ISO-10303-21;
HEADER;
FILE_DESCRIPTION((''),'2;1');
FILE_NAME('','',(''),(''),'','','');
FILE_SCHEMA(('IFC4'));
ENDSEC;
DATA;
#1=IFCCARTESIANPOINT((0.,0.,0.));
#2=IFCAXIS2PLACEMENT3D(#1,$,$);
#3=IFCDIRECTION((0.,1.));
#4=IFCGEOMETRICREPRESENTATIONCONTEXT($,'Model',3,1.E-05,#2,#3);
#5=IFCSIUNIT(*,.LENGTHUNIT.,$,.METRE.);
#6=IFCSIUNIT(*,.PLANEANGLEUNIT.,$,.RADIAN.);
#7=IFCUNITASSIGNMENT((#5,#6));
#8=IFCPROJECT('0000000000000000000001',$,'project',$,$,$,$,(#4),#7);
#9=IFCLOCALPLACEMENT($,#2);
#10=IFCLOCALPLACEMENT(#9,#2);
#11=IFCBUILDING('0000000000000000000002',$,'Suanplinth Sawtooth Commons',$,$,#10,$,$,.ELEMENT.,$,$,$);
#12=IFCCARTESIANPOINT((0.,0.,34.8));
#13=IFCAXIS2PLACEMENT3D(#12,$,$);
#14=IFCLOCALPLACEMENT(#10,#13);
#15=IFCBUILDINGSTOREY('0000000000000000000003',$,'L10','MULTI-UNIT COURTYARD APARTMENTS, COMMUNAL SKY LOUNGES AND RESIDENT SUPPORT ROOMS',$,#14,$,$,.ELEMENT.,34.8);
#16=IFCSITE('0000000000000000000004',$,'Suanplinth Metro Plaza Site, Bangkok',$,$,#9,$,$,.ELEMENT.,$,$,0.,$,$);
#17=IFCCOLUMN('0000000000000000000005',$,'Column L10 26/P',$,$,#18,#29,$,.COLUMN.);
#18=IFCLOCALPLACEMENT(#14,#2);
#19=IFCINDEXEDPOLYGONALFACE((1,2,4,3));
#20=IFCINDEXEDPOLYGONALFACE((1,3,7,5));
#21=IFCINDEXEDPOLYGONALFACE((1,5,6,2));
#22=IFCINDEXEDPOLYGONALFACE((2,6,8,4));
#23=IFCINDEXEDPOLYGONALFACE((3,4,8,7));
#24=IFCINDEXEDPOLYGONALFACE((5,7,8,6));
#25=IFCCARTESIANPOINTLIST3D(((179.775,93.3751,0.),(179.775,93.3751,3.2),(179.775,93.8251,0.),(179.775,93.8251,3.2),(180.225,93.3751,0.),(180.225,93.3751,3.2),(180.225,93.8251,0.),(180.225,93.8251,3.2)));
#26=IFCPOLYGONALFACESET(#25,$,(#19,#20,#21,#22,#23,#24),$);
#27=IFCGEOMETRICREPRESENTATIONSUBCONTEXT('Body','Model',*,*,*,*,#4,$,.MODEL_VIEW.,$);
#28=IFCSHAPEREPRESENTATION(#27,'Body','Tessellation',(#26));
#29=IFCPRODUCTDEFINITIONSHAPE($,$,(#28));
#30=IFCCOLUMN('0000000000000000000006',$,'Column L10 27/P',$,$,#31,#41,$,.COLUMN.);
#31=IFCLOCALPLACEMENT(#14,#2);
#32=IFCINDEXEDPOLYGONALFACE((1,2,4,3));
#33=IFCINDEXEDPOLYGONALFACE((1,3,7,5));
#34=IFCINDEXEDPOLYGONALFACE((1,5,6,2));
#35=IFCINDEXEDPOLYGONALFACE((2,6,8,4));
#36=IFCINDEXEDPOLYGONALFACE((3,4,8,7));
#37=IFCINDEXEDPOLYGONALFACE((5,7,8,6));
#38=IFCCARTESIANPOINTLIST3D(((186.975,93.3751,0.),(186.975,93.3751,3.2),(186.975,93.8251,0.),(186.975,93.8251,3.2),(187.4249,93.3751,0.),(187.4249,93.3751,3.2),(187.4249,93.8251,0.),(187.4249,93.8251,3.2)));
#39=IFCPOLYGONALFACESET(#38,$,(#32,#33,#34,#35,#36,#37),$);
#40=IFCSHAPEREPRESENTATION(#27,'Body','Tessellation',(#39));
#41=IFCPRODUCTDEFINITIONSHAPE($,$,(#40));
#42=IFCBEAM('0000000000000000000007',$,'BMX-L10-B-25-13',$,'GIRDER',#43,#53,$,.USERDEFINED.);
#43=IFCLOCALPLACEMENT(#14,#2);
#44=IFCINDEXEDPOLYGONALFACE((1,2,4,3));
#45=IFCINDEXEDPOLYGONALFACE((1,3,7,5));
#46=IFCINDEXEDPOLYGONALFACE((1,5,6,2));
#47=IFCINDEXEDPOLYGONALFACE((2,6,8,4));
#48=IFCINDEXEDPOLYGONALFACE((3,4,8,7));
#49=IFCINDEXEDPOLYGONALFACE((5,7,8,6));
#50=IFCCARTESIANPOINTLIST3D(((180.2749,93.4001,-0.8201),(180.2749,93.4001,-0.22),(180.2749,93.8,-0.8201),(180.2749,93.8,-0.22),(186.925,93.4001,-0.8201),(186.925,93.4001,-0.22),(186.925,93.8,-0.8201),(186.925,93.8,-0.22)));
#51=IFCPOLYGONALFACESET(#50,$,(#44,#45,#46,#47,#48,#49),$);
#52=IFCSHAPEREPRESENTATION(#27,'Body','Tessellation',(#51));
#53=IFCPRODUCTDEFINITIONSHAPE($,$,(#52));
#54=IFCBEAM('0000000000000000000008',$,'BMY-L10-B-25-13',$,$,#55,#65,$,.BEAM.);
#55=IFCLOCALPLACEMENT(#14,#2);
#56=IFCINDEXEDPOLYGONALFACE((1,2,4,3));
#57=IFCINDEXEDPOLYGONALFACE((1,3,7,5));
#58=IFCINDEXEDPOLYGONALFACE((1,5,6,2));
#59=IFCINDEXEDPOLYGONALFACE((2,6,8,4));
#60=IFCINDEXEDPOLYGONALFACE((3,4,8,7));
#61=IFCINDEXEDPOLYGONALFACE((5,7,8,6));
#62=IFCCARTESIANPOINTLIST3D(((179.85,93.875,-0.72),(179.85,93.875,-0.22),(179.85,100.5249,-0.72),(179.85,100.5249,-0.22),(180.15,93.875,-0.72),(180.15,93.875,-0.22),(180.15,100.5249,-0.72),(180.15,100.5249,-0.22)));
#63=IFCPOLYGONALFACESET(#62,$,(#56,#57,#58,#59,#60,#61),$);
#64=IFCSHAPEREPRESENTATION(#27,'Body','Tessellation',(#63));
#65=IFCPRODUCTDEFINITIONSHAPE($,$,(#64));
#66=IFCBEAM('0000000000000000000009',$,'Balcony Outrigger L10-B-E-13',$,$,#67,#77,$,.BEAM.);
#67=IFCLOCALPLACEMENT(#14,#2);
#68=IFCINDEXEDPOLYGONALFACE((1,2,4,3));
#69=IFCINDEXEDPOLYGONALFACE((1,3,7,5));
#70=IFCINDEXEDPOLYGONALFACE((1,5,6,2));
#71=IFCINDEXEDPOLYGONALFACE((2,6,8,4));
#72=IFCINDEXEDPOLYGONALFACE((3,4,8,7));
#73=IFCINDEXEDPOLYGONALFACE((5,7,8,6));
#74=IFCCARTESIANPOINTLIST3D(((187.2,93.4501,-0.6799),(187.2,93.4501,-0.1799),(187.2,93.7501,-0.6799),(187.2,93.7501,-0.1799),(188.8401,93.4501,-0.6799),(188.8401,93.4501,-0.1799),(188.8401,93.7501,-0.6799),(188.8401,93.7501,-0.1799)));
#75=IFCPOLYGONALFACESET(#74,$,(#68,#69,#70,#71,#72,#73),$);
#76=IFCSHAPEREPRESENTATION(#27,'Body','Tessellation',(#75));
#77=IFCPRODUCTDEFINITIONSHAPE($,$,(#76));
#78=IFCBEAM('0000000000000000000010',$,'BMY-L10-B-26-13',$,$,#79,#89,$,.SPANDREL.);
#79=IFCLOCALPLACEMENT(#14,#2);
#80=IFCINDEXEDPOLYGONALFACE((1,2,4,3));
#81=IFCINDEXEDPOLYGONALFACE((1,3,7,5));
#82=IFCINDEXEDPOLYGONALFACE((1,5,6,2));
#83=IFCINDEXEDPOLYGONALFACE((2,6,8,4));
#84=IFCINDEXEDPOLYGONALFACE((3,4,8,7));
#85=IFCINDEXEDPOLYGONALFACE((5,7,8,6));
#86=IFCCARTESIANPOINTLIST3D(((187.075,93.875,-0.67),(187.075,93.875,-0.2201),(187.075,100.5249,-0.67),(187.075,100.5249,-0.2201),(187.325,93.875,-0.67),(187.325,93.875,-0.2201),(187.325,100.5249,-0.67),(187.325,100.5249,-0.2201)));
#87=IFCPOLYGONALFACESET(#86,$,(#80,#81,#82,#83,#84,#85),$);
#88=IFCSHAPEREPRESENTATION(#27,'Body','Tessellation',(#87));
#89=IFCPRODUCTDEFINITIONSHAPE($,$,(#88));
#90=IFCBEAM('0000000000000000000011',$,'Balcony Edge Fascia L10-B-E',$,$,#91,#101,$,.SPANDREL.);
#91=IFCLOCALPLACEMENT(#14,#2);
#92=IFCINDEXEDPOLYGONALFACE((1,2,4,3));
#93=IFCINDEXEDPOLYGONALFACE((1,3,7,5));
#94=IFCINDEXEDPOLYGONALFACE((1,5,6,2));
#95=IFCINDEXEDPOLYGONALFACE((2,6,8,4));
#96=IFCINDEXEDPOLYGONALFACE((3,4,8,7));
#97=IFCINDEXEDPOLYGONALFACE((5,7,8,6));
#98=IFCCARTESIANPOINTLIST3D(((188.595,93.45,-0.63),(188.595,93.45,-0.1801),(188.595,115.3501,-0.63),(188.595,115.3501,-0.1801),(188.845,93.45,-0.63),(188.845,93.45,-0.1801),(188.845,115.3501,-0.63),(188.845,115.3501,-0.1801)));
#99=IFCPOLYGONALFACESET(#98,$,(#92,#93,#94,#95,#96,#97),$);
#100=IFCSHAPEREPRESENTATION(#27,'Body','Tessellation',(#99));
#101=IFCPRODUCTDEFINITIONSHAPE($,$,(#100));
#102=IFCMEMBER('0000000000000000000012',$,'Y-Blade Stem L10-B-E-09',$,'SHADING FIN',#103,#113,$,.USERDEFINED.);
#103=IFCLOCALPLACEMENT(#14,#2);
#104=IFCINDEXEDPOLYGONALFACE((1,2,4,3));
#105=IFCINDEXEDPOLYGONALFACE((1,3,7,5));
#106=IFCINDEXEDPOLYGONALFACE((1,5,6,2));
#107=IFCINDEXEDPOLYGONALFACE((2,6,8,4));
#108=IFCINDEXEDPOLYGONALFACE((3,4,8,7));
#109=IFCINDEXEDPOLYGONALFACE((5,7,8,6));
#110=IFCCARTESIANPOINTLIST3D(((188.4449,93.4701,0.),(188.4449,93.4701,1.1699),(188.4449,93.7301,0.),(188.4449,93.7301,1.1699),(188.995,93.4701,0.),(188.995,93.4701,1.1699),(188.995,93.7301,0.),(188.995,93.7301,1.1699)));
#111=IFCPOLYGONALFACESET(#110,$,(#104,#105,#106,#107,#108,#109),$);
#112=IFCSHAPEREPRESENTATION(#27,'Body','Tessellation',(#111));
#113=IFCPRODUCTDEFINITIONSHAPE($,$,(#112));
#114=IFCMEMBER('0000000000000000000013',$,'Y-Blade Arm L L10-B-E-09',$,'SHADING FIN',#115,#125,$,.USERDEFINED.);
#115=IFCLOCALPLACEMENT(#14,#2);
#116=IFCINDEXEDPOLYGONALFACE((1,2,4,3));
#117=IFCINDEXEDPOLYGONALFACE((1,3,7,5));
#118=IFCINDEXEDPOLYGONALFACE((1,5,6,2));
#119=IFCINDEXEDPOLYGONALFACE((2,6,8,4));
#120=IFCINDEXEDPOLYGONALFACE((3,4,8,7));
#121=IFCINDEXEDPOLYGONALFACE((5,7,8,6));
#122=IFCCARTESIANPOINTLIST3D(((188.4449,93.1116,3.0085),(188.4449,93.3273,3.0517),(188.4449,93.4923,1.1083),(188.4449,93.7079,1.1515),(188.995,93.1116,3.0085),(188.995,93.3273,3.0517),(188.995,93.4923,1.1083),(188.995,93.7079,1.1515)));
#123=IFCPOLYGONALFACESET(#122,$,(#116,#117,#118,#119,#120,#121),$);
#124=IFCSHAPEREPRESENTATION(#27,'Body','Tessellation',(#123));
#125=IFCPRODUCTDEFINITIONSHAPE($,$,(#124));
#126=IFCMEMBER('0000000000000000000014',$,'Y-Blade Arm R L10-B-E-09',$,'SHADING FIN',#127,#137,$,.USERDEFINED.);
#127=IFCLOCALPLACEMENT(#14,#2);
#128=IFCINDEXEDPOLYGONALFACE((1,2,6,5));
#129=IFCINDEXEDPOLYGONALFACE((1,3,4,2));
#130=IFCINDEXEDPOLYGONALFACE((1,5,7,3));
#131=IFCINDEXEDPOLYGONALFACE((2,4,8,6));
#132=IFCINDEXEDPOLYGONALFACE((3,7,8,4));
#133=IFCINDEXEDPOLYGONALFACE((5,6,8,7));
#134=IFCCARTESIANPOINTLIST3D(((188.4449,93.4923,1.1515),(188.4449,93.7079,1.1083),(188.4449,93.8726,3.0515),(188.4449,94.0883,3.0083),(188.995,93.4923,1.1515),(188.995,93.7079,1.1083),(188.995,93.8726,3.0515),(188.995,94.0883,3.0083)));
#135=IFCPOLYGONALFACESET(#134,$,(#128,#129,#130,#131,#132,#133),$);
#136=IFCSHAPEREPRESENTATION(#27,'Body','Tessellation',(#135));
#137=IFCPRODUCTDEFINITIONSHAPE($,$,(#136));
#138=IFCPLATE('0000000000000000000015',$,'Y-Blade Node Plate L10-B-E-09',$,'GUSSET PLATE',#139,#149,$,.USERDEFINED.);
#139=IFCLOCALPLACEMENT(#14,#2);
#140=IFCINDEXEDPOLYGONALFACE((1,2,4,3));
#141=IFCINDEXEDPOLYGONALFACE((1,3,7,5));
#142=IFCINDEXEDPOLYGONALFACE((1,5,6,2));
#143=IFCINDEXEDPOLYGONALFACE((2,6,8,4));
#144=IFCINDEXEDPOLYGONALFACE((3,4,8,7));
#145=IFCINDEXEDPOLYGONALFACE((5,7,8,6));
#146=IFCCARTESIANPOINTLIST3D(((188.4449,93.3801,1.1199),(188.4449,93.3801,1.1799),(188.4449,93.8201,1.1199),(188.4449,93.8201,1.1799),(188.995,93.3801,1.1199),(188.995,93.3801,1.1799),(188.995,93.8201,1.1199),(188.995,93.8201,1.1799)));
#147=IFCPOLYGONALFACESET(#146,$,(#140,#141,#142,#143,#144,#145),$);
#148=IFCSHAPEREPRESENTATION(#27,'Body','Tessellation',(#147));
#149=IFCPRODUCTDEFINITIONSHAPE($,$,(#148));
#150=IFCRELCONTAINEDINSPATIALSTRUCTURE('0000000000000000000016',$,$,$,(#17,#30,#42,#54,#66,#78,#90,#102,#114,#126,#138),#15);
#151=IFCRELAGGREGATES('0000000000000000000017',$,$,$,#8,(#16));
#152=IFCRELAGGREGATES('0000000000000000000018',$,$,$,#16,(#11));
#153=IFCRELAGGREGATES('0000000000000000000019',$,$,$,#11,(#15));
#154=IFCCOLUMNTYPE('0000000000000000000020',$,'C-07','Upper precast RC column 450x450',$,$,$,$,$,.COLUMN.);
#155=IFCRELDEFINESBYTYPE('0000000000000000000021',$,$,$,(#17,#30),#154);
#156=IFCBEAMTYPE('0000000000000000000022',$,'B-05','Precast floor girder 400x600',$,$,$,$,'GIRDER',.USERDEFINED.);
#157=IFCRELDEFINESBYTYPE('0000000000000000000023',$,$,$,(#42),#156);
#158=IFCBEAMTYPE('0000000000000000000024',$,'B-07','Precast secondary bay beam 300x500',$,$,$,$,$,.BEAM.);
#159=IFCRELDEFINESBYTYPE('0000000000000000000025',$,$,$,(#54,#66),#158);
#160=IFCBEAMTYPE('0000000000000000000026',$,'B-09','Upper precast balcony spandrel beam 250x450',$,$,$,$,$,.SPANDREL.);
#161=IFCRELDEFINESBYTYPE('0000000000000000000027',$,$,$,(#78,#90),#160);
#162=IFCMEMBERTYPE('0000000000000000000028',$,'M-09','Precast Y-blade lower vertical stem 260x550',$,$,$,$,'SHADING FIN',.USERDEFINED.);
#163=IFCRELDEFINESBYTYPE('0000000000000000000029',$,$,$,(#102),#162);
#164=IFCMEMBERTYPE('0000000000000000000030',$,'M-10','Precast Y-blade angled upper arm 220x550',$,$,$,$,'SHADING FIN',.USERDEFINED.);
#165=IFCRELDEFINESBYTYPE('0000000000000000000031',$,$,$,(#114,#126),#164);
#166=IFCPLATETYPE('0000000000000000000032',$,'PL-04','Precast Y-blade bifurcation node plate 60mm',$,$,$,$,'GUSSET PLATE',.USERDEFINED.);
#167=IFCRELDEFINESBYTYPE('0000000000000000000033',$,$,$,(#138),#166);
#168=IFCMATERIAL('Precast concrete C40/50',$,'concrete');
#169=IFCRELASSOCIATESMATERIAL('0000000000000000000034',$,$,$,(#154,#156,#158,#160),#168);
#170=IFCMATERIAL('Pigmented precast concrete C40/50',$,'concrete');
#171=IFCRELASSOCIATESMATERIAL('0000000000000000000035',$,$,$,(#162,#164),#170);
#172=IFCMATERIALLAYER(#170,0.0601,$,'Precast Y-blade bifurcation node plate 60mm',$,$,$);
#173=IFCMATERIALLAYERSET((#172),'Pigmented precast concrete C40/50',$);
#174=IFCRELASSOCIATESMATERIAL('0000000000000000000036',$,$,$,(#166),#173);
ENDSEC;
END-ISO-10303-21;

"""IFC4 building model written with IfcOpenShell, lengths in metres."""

from ifc_helpers import new_model, si_unit, direction, frame, origin, origin_2d, place, context, subcontext, project, spatial, rectangle, extrude, material, layer, layer_set, material_profile, profile_set, type_object, element, save


model = new_model("IFC4")

# Units and contexts
model_context = context("Model", 3, precision=1e-05, world=origin(), true_north=direction((0.0, 1.0)))
body_context = subcontext(model_context, "Body", "Model", "MODEL_VIEW")
ifc_project = project(units=[si_unit("LENGTHUNIT", "METRE"), si_unit("PLANEANGLEUNIT", "RADIAN")], contexts=[model_context])

# Site, building, storey
site_placement = place(None, origin())
site = spatial("IfcSite", under=ifc_project, at=site_placement, Name="Suanplinth Metro Plaza Site, Bangkok", CompositionType="ELEMENT", RefElevation=0.0)
building_placement = place(site_placement, origin())
building = spatial("IfcBuilding", under=site, at=building_placement, Name="Suanplinth Sawtooth Commons", CompositionType="ELEMENT")
storey_placement = place(building_placement, frame((0.0, 0.0, 34.8)))
storey = spatial("IfcBuildingStorey", under=building, at=storey_placement, Name="L10", Description="MULTI-UNIT COURTYARD APARTMENTS, COMMUNAL SKY LOUNGES AND RESIDENT SUPPORT ROOMS", CompositionType="ELEMENT", Elevation=34.8)

# Columns
ifc_material_1 = material(Name="Precast concrete C40/50", Category="concrete")
ifc_material_profile_1 = material_profile(ifc_material_1, rectangle(XDim=0.45, YDim=0.45, at=origin_2d()), Name="PC-COL 450x450")
ifc_profile_set_1 = profile_set([ifc_material_profile_1], Name="Precast concrete C40/50")
column_type = type_object("IfcColumnType", Name="C-07", Description="Upper precast RC column 450x450", PredefinedType="COLUMN", material=ifc_profile_set_1)
for number, where, z_axis, x_axis, name in (
    (1, (180.0, 93.6001, 0.0), (0.0, 0.0, 1.0), (1.0, 0.0, 0.0), "Column L10 26/P"),
    (2, (187.2, 93.6001, 0.0), (0.0, 0.0, 1.0), (1.0, 0.0, 0.0), "Column L10 27/P"),
):
    element("IfcColumn", number, at=place(storey_placement, frame(where, z_axis=z_axis, x_axis=x_axis)), inside=storey, type_object=column_type, Name=name, PredefinedType="COLUMN", context=body_context, shape_type="SweptSolid", body=[
        extrude(rectangle(XDim=0.45, YDim=0.45, at=origin_2d()), origin(), (0.0, 0.0, 1.0), 3.2),
    ])

# Beams
ifc_material_profile_2 = material_profile(ifc_material_1, rectangle(XDim=0.3999, YDim=0.6001, at=origin_2d()), Name="PC-GDR 400x600")
ifc_profile_set_2 = profile_set([ifc_material_profile_2], Name="Precast concrete C40/50")
beam_type_1 = type_object("IfcBeamType", Name="B-05", Description="Precast floor girder 400x600", ElementType="GIRDER", PredefinedType="USERDEFINED", material=ifc_profile_set_2)
beam_1_placement = place(storey_placement, frame((180.2749, 93.6001, -0.52), z_axis=(1.0, 0.0, 0.0), x_axis=(0.0, 1.0, 0.0)))
element("IfcBeam", 3, at=beam_1_placement, inside=storey, type_object=beam_type_1, Name="BMX-L10-B-25-13", ObjectType="GIRDER", PredefinedType="USERDEFINED", context=body_context, shape_type="SweptSolid", body=[
    extrude(rectangle(XDim=0.3999, YDim=0.6001, at=origin_2d()), origin(), (0.0, 0.0, 1.0), 6.6501),
])
ifc_material_profile_3 = material_profile(ifc_material_1, rectangle(XDim=0.3, YDim=0.5, at=origin_2d()), Name="PC-BM 300x500")
ifc_profile_set_3 = profile_set([ifc_material_profile_3], Name="Precast concrete C40/50")
beam_type_2 = type_object("IfcBeamType", Name="B-07", Description="Precast secondary bay beam 300x500", PredefinedType="BEAM", material=ifc_profile_set_3)
beam_2_placement = place(storey_placement, frame((180.0, 93.875, -0.47), z_axis=(0.0, 1.0, 0.0), x_axis=(-1.0, 0.0, 0.0)))
element("IfcBeam", 4, at=beam_2_placement, inside=storey, type_object=beam_type_2, Name="BMY-L10-B-25-13", PredefinedType="BEAM", context=body_context, shape_type="SweptSolid", body=[
    extrude(rectangle(XDim=0.3, YDim=0.5, at=origin_2d()), origin(), (0.0, 0.0, 1.0), 6.6499),
])
beam_3_placement = place(storey_placement, frame((187.2, 93.6001, -0.4299), z_axis=(1.0, 0.0, 0.0), x_axis=(0.0, 1.0, 0.0)))
element("IfcBeam", 5, at=beam_3_placement, inside=storey, type_object=beam_type_2, Name="Balcony Outrigger L10-B-E-13", PredefinedType="BEAM", context=body_context, shape_type="SweptSolid", body=[
    extrude(rectangle(XDim=0.3, YDim=0.5, at=origin_2d()), origin(), (0.0, 0.0, 1.0), 1.6401),
])
ifc_material_profile_4 = material_profile(ifc_material_1, rectangle(XDim=0.25, YDim=0.45, at=origin_2d()), Name="PC-SP 250x450")
ifc_profile_set_4 = profile_set([ifc_material_profile_4], Name="Precast concrete C40/50")
beam_type_3 = type_object("IfcBeamType", Name="B-09", Description="Upper precast balcony spandrel beam 250x450", PredefinedType="SPANDREL", material=ifc_profile_set_4)
beam_4_placement = place(storey_placement, frame((187.2, 93.875, -0.4451), z_axis=(0.0, 1.0, 0.0), x_axis=(-1.0, 0.0, 0.0)))
element("IfcBeam", 6, at=beam_4_placement, inside=storey, type_object=beam_type_3, Name="BMY-L10-B-26-13", PredefinedType="SPANDREL", context=body_context, shape_type="SweptSolid", body=[
    extrude(rectangle(XDim=0.25, YDim=0.45, at=origin_2d()), origin(), (0.0, 0.0, 1.0), 6.6499),
])
beam_5_placement = place(storey_placement, frame((188.72, 93.45, -0.405), z_axis=(0.0, 1.0, 0.0), x_axis=(-1.0, 0.0, 0.0)))
element("IfcBeam", 7, at=beam_5_placement, inside=storey, type_object=beam_type_3, Name="Balcony Edge Fascia L10-B-E", PredefinedType="SPANDREL", context=body_context, shape_type="SweptSolid", body=[
    extrude(rectangle(XDim=0.25, YDim=0.45, at=origin_2d()), origin(), (0.0, 0.0, 1.0), 21.9001),
])

# Members
ifc_material_2 = material(Name="Pigmented precast concrete C40/50", Category="concrete")
ifc_material_profile_5 = material_profile(ifc_material_2, rectangle(XDim=0.26, YDim=0.55, at=origin_2d()), Name="PC-FIN 260x550")
ifc_profile_set_5 = profile_set([ifc_material_profile_5], Name="Pigmented precast concrete C40/50")
member_type_1 = type_object("IfcMemberType", Name="M-09", Description="Precast Y-blade lower vertical stem 260x550", ElementType="SHADING FIN", PredefinedType="USERDEFINED", material=ifc_profile_set_5)
member_1_placement = place(storey_placement, frame((188.72, 93.6001, 0.0), z_axis=(0.0, 0.0, 1.0), x_axis=(0.0, 1.0, 0.0)))
element("IfcMember", 8, at=member_1_placement, inside=storey, type_object=member_type_1, Name="Y-Blade Stem L10-B-E-09", ObjectType="SHADING FIN", PredefinedType="USERDEFINED", context=body_context, shape_type="SweptSolid", body=[
    extrude(rectangle(XDim=0.26, YDim=0.55, at=origin_2d()), origin(), (0.0, 0.0, 1.0), 1.1699),
])
ifc_material_profile_6 = material_profile(ifc_material_2, rectangle(XDim=0.22, YDim=0.55, at=origin_2d()), Name="PC-FIN 220x550")
ifc_profile_set_6 = profile_set([ifc_material_profile_6], Name="Pigmented precast concrete C40/50")
member_type_2 = type_object("IfcMemberType", Name="M-10", Description="Precast Y-blade angled upper arm 220x550", ElementType="SHADING FIN", PredefinedType="USERDEFINED", material=ifc_profile_set_6)
member_2_placement = place(storey_placement, frame((188.72, 93.6001, 1.1299), z_axis=(0.0, -0.196407, 0.980522), x_axis=(0.0, 0.980522, 0.196407)))
element("IfcMember", 9, at=member_2_placement, inside=storey, type_object=member_type_2, Name="Y-Blade Arm L L10-B-E-09", ObjectType="SHADING FIN", PredefinedType="USERDEFINED", context=body_context, shape_type="SweptSolid", body=[
    extrude(rectangle(XDim=0.22, YDim=0.55, at=origin_2d()), origin(), (0.0, 0.0, 1.0), 1.938),
])
member_3_placement = place(storey_placement, frame((188.72, 93.6001, 1.1299), z_axis=(0.0, 0.196286, 0.980547), x_axis=(0.0, -0.980547, 0.196286)))
element("IfcMember", 10, at=member_3_placement, inside=storey, type_object=member_type_2, Name="Y-Blade Arm R L10-B-E-09", ObjectType="SHADING FIN", PredefinedType="USERDEFINED", context=body_context, shape_type="SweptSolid", body=[
    extrude(rectangle(XDim=0.22, YDim=0.55, at=origin_2d()), origin(), (0.0, 0.0, 1.0), 1.9377),
])

# Plate
ifc_layer_1 = layer(ifc_material_2, 0.0601, Name="Precast Y-blade bifurcation node plate 60mm")
ifc_layer_set_1 = layer_set([ifc_layer_1], Name="Pigmented precast concrete C40/50")
plate_type = type_object("IfcPlateType", Name="PL-04", Description="Precast Y-blade bifurcation node plate 60mm", ElementType="GUSSET PLATE", PredefinedType="USERDEFINED", material=ifc_layer_set_1)
plate_placement = place(storey_placement, frame((188.72, 93.6001, 1.1199), z_axis=(0.0, 0.0, 1.0), x_axis=(0.0, 1.0, 0.0)))
element("IfcPlate", 11, at=plate_placement, inside=storey, type_object=plate_type, Name="Y-Blade Node Plate L10-B-E-09", ObjectType="GUSSET PLATE", PredefinedType="USERDEFINED", context=body_context, shape_type="SweptSolid", body=[
    extrude(rectangle(XDim=0.4399, YDim=0.55, at=origin_2d()), origin(), (0.0, 0.0, 1.0), 0.0601),
])

save(model, "model.ifc")
